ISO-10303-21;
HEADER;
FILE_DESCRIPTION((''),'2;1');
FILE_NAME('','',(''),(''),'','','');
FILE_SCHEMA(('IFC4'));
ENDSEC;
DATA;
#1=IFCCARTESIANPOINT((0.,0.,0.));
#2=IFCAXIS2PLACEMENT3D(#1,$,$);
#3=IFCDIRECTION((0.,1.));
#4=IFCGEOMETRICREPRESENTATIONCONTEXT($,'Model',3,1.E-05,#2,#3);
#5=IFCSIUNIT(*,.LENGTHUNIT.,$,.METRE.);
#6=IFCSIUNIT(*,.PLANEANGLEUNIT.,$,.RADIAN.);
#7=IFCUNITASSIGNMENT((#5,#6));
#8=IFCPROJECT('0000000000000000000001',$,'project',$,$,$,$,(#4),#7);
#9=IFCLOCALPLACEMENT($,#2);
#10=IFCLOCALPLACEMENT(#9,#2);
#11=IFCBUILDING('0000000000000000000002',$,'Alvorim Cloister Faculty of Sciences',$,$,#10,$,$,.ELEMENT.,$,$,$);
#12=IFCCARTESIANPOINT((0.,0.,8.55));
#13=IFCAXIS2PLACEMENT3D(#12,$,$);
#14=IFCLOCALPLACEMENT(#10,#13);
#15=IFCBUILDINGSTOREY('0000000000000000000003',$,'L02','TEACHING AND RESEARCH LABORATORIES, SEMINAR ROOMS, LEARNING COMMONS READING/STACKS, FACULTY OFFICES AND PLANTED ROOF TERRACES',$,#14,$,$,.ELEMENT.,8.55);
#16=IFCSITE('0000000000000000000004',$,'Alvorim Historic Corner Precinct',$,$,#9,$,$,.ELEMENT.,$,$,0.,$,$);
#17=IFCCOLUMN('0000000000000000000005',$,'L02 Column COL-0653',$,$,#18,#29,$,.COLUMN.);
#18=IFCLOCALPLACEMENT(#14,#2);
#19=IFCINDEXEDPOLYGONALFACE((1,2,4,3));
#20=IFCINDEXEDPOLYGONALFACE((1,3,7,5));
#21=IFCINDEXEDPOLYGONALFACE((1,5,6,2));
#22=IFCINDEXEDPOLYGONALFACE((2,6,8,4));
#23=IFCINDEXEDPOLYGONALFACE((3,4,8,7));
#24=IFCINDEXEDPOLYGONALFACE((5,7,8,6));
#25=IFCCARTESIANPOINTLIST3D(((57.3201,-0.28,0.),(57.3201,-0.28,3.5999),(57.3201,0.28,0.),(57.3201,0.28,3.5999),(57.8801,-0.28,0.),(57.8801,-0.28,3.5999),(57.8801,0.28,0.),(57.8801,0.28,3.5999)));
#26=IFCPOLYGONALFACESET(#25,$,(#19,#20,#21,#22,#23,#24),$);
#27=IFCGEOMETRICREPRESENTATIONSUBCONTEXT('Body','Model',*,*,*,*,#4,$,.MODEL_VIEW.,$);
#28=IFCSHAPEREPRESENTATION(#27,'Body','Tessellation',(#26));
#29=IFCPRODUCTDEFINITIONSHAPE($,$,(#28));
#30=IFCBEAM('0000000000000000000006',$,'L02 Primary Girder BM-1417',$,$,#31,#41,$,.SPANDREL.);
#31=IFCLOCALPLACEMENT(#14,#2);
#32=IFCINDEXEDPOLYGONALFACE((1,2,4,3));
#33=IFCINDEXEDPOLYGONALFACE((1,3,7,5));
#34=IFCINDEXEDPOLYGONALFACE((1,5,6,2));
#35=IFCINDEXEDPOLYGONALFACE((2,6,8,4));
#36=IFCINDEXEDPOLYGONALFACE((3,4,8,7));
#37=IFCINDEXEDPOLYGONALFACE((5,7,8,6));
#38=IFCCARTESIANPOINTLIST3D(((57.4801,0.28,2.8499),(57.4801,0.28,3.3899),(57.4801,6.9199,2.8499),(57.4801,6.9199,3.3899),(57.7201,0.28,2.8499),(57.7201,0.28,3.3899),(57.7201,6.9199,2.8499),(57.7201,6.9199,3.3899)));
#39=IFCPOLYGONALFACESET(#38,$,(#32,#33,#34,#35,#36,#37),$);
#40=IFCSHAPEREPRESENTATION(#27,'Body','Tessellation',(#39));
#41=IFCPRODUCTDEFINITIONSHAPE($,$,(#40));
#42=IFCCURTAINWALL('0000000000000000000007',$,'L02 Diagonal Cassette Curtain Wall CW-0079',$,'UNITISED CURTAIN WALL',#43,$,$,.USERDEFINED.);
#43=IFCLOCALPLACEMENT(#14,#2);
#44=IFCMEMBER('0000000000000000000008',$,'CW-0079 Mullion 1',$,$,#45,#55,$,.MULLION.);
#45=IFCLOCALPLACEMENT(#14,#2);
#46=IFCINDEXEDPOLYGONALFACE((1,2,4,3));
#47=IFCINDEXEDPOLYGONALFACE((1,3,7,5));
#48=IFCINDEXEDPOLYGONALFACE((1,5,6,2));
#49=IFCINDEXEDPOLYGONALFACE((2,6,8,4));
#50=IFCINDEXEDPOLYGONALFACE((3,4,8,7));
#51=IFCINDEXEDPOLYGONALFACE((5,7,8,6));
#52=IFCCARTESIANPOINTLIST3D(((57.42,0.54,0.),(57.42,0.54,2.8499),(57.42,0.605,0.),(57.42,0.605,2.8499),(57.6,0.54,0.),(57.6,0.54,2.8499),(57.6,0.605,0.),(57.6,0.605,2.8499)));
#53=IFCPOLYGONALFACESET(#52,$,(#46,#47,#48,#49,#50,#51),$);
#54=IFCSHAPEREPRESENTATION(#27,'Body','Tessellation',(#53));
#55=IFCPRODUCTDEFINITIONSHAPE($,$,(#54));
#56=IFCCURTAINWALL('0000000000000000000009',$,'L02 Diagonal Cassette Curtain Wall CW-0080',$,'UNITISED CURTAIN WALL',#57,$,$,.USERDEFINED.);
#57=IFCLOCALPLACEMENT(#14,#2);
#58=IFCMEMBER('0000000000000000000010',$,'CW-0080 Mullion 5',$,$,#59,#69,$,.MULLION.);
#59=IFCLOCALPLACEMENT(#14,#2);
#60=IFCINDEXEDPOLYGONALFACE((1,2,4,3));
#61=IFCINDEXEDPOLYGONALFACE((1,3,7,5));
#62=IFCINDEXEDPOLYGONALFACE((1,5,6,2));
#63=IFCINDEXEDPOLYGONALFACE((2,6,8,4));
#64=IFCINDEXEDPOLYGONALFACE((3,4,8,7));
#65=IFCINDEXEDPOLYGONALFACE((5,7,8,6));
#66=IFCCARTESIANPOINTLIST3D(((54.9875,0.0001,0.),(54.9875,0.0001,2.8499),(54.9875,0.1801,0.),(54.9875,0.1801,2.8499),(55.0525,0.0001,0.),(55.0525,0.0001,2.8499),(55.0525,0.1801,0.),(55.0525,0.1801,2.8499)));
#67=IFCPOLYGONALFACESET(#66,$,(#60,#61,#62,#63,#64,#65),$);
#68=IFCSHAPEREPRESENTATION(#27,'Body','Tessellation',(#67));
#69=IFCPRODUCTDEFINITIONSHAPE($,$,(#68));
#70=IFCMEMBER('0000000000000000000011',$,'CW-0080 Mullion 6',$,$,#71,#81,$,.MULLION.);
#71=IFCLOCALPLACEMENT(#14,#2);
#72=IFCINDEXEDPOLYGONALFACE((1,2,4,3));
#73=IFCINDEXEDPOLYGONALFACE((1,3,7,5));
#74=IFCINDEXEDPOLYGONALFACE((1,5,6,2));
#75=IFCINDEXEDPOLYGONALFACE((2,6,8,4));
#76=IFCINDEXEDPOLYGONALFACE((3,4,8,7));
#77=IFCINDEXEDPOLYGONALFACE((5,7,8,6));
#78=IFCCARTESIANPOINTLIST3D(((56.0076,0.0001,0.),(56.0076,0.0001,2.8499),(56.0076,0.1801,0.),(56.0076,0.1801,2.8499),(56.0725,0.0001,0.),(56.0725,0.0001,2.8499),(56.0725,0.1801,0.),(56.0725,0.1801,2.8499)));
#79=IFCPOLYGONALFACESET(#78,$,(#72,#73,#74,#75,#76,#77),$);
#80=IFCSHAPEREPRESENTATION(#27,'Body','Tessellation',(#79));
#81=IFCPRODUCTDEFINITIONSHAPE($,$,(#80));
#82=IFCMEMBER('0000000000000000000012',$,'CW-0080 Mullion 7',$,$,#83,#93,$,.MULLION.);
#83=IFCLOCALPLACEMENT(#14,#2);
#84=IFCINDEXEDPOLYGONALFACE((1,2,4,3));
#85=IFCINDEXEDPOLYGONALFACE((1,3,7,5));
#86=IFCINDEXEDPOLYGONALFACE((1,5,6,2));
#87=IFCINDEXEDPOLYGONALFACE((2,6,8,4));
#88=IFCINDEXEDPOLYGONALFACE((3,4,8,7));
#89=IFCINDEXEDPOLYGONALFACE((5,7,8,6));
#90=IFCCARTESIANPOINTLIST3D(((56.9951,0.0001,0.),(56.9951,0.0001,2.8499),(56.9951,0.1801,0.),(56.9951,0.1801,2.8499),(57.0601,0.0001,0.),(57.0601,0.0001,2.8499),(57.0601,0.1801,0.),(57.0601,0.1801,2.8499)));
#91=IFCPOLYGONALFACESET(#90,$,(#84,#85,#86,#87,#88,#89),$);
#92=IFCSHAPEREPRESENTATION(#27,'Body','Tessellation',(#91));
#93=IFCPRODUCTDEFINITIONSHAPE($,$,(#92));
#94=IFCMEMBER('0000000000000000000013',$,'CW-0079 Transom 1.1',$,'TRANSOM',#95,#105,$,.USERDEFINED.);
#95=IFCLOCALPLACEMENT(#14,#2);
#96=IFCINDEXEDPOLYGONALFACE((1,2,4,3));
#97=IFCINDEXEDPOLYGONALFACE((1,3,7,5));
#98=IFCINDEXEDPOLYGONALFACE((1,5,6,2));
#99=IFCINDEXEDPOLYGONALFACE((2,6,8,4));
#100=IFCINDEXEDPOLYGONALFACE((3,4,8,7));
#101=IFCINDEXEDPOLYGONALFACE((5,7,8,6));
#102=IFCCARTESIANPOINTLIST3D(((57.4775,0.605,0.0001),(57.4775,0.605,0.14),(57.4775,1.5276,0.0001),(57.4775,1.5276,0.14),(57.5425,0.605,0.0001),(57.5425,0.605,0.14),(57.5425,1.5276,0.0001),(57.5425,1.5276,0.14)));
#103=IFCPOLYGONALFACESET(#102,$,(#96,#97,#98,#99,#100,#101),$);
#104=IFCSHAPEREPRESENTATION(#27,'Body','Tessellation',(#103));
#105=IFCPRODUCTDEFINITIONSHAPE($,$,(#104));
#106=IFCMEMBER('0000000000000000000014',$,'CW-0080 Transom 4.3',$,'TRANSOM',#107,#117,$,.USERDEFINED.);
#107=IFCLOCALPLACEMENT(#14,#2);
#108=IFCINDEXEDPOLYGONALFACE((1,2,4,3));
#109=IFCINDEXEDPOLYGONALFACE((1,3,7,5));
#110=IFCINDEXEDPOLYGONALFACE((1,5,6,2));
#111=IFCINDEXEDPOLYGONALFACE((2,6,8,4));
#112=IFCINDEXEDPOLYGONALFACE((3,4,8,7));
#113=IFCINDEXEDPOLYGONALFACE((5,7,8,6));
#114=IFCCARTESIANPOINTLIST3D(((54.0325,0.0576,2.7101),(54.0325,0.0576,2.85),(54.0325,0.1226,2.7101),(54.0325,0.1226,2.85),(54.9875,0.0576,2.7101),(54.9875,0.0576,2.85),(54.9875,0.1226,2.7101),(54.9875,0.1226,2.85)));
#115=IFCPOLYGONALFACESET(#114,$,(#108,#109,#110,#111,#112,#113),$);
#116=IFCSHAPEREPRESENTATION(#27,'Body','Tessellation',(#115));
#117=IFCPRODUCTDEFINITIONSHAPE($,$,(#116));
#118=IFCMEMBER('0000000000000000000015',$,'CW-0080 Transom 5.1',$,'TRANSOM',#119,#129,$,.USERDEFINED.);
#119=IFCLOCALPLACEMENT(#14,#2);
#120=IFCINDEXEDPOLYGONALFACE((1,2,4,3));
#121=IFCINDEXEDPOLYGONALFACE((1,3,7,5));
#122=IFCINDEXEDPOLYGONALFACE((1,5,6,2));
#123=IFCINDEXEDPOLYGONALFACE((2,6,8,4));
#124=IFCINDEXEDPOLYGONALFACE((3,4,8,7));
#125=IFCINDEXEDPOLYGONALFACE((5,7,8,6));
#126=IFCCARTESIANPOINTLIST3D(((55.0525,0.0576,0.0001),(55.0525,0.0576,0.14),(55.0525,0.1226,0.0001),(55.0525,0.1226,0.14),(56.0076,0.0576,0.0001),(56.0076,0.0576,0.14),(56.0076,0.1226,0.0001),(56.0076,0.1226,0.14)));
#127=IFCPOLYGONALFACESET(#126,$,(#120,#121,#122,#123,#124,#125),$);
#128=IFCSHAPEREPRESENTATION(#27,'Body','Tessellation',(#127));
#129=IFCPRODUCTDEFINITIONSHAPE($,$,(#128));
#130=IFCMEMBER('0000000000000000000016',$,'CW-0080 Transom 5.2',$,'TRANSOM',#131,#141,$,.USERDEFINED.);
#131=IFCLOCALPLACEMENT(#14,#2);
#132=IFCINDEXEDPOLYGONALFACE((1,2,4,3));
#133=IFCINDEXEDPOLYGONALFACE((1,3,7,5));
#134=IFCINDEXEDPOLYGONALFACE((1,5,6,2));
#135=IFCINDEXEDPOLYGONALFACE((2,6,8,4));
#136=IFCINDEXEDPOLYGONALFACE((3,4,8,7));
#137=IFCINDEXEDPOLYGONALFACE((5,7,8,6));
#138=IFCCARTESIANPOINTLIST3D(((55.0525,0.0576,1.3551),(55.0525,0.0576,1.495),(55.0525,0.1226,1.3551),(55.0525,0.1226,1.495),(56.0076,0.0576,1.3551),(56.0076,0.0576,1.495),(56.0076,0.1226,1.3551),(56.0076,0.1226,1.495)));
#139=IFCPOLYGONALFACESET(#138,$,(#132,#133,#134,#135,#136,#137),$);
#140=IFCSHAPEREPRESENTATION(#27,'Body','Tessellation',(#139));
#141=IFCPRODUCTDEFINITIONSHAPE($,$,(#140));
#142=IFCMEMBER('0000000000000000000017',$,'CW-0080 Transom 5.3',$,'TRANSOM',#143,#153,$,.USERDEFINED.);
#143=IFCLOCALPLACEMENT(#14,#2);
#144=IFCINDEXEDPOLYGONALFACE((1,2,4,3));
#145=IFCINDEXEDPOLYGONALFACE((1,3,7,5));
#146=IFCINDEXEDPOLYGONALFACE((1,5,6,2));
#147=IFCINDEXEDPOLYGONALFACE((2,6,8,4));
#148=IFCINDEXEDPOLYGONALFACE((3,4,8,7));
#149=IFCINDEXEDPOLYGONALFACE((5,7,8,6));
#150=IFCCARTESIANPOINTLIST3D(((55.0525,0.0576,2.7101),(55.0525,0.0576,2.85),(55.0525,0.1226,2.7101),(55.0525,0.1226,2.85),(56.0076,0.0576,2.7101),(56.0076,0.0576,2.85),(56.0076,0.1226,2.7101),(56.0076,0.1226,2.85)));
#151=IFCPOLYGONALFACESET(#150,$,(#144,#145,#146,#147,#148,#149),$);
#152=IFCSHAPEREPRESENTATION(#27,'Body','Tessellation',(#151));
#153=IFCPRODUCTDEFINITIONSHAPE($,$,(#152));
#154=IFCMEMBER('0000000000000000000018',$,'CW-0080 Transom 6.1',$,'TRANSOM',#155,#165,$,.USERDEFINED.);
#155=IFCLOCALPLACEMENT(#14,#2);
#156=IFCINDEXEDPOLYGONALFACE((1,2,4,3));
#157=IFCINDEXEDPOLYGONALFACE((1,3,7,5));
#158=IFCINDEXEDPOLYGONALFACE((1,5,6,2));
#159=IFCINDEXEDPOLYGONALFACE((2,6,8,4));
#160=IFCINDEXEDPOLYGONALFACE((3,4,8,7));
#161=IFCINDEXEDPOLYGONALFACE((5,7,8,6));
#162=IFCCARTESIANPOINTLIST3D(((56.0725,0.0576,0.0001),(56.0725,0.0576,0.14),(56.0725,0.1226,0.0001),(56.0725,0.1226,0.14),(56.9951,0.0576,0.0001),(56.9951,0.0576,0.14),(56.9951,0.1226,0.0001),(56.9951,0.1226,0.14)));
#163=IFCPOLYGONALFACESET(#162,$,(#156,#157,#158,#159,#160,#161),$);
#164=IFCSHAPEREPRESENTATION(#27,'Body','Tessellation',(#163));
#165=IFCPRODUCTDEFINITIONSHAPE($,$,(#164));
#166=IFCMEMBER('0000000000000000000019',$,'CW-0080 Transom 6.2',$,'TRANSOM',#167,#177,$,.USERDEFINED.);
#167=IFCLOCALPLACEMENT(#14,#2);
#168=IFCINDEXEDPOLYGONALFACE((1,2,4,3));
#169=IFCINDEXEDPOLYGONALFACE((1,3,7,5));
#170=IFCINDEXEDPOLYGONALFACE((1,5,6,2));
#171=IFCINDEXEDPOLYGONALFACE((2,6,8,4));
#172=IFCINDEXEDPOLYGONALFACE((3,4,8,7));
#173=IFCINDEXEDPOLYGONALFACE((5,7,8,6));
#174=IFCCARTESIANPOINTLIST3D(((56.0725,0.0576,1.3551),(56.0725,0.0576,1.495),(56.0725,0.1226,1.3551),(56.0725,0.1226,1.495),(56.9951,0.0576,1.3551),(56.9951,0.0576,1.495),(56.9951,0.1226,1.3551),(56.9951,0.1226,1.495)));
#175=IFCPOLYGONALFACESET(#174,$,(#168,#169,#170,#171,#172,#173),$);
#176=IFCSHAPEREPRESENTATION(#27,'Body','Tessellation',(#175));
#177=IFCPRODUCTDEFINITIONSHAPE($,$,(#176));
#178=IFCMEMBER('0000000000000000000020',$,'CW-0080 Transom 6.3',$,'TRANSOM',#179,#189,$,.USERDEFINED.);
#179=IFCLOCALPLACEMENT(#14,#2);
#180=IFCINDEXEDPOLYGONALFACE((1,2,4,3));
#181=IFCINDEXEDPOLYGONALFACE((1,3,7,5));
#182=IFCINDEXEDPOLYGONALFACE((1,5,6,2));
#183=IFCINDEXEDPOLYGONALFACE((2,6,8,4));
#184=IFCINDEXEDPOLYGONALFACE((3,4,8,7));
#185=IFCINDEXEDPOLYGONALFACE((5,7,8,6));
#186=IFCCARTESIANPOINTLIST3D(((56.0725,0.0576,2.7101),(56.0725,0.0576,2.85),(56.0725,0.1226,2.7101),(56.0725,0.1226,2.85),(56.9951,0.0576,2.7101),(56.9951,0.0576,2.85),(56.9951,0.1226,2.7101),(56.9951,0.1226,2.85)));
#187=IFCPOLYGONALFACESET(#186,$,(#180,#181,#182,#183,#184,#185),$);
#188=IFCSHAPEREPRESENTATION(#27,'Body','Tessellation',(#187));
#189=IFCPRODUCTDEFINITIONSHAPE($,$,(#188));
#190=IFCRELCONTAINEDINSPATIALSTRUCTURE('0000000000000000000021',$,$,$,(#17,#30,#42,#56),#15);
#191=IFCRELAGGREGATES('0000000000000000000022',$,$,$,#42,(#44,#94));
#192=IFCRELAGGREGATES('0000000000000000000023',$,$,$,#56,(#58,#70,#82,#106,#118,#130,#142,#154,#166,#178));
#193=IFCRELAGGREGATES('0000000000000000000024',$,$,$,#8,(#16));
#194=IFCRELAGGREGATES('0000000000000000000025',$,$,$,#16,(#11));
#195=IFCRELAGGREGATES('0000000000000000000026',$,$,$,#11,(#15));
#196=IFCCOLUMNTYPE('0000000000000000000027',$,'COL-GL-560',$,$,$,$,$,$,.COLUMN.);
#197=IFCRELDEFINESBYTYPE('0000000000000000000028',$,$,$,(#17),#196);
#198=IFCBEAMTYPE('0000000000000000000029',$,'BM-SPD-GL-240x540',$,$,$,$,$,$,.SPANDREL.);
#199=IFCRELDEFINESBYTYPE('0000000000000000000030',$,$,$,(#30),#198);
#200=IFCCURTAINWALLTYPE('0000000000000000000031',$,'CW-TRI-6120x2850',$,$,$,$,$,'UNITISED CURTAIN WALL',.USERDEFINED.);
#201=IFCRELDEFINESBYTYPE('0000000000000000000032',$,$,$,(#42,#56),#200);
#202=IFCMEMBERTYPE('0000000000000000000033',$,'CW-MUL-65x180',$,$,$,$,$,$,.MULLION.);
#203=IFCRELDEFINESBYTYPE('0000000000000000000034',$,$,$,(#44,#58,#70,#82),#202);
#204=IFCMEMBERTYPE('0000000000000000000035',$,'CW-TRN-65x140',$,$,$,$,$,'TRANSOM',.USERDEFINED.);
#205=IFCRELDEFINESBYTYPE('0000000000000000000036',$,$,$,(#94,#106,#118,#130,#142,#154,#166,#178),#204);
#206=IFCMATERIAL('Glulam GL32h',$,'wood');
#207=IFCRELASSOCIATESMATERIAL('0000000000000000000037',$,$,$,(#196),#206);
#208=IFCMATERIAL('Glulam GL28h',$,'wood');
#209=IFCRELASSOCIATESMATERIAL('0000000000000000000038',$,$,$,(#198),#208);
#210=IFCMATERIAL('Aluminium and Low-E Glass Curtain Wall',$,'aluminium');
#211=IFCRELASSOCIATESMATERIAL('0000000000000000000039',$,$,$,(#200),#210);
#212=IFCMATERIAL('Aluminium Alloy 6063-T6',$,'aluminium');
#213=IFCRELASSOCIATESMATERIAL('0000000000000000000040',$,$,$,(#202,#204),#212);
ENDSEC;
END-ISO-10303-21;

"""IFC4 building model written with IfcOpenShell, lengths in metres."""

from ifc_helpers import new_model, si_unit, direction, frame, origin, origin_2d, place, context, subcontext, project, spatial, rectangle, extrude, material, material_profile, profile_set, type_object, element, aggregate, save


model = new_model("IFC4")

# Units and contexts
model_context = context("Model", 3, precision=1e-05, world=origin(), true_north=direction((0.0, 1.0)))
body_context = subcontext(model_context, "Body", "Model", "MODEL_VIEW")
ifc_project = project(units=[si_unit("LENGTHUNIT", "METRE"), si_unit("PLANEANGLEUNIT", "RADIAN")], contexts=[model_context])

# Site, building, storey
site_placement = place(None, origin())
site = spatial("IfcSite", under=ifc_project, at=site_placement, Name="Alvorim Historic Corner Precinct", CompositionType="ELEMENT", RefElevation=0.0)
building_placement = place(site_placement, origin())
building = spatial("IfcBuilding", under=site, at=building_placement, Name="Alvorim Cloister Faculty of Sciences", CompositionType="ELEMENT")
storey_placement = place(building_placement, frame((0.0, 0.0, 8.55)))
storey = spatial("IfcBuildingStorey", under=building, at=storey_placement, Name="L02", Description="TEACHING AND RESEARCH LABORATORIES, SEMINAR ROOMS, LEARNING COMMONS READING/STACKS, FACULTY OFFICES AND PLANTED ROOF TERRACES", CompositionType="ELEMENT", Elevation=8.55)

# Column
ifc_material_1 = material(Name="Glulam GL32h", Category="wood")
ifc_material_profile_1 = material_profile(ifc_material_1, rectangle(XDim=0.5601, YDim=0.5601, at=origin_2d()), Name="GL32-COL-560x560")
ifc_profile_set_1 = profile_set([ifc_material_profile_1], Name="Glulam GL32h")
column_type = type_object("IfcColumnType", Name="COL-GL-560", PredefinedType="COLUMN", material=ifc_profile_set_1)
column_placement = place(storey_placement, frame((57.6001, 0.0, 0.0), z_axis=(0.0, 0.0, 1.0), x_axis=(1.0, 0.0, 0.0)))
element("IfcColumn", 1, at=column_placement, inside=storey, type_object=column_type, Name="L02 Column COL-0653", PredefinedType="COLUMN", context=body_context, shape_type="SweptSolid", body=[
    extrude(rectangle(XDim=0.5601, YDim=0.5601, at=origin_2d()), origin(), (0.0, 0.0, 1.0), 3.5999),
])

# Beam
ifc_material_2 = material(Name="Glulam GL28h", Category="wood")
ifc_material_profile_2 = material_profile(ifc_material_2, rectangle(XDim=0.24, YDim=0.54, at=origin_2d()), Name="GL28-SPD-240x540")
ifc_profile_set_2 = profile_set([ifc_material_profile_2], Name="Glulam GL28h")
beam_type = type_object("IfcBeamType", Name="BM-SPD-GL-240x540", PredefinedType="SPANDREL", material=ifc_profile_set_2)
beam_placement = place(storey_placement, frame((57.6001, 0.28, 3.1199), z_axis=(0.0, 1.0, 0.0), x_axis=(-1.0, 0.0, 0.0)))
element("IfcBeam", 2, at=beam_placement, inside=storey, type_object=beam_type, Name="L02 Primary Girder BM-1417", PredefinedType="SPANDREL", context=body_context, shape_type="SweptSolid", body=[
    extrude(rectangle(XDim=0.24, YDim=0.54, at=origin_2d()), origin(), (0.0, 0.0, 1.0), 6.6399),
])

# Curtain wall, member
ifc_material_3 = material(Name="Aluminium and Low-E Glass Curtain Wall", Category="aluminium")
curtain_wall_type = type_object("IfcCurtainWallType", Name="CW-TRI-6120x2850", ElementType="UNITISED CURTAIN WALL", PredefinedType="USERDEFINED", material=ifc_material_3)
curtain_wall_1_placement = place(storey_placement, origin())
curtain_wall_1 = element("IfcCurtainWall", 3, at=curtain_wall_1_placement, inside=storey, type_object=curtain_wall_type, Name="L02 Diagonal Cassette Curtain Wall CW-0079", ObjectType="UNITISED CURTAIN WALL", PredefinedType="USERDEFINED")
ifc_material_4 = material(Name="Aluminium Alloy 6063-T6", Category="aluminium")
ifc_material_profile_3 = material_profile(ifc_material_4, rectangle(XDim=0.0649, YDim=0.1799, at=origin_2d()), Name="ALU-MUL-65x180")
ifc_profile_set_3 = profile_set([ifc_material_profile_3], Name="Aluminium Alloy 6063-T6")
member_type_1 = type_object("IfcMemberType", Name="CW-MUL-65x180", PredefinedType="MULLION", material=ifc_profile_set_3)
member_1_placement = place(storey_placement, frame((57.51, 0.5725, 0.0), z_axis=(0.0, 0.0, 1.0), x_axis=(0.0, 1.0, 0.0)))
member_1 = element("IfcMember", 4, at=member_1_placement, type_object=member_type_1, Name="CW-0079 Mullion 1", PredefinedType="MULLION", context=body_context, shape_type="SweptSolid", body=[
    extrude(rectangle(XDim=0.0649, YDim=0.1799, at=origin_2d()), origin(), (0.0, 0.0, 1.0), 2.8499),
])

# Curtain wall, members
curtain_wall_2_placement = place(storey_placement, origin())
curtain_wall_2 = element("IfcCurtainWall", 5, at=curtain_wall_2_placement, inside=storey, type_object=curtain_wall_type, Name="L02 Diagonal Cassette Curtain Wall CW-0080", ObjectType="UNITISED CURTAIN WALL", PredefinedType="USERDEFINED")
member_2_placement = place(storey_placement, frame((55.02, 0.0901, 0.0), z_axis=(0.0, 0.0, 1.0), x_axis=(1.0, 0.0, 0.0)))
member_2 = element("IfcMember", 6, at=member_2_placement, type_object=member_type_1, Name="CW-0080 Mullion 5", PredefinedType="MULLION", context=body_context, shape_type="SweptSolid", body=[
    extrude(rectangle(XDim=0.0649, YDim=0.1799, at=origin_2d()), origin(), (0.0, 0.0, 1.0), 2.8499),
])
member_3_placement = place(storey_placement, frame((56.04, 0.0901, 0.0), z_axis=(0.0, 0.0, 1.0), x_axis=(1.0, 0.0, 0.0)))
member_3 = element("IfcMember", 7, at=member_3_placement, type_object=member_type_1, Name="CW-0080 Mullion 6", PredefinedType="MULLION", context=body_context, shape_type="SweptSolid", body=[
    extrude(rectangle(XDim=0.0649, YDim=0.1799, at=origin_2d()), origin(), (0.0, 0.0, 1.0), 2.8499),
])
member_4_placement = place(storey_placement, frame((57.0276, 0.0901, 0.0), z_axis=(0.0, 0.0, 1.0), x_axis=(1.0, 0.0, 0.0)))
member_4 = element("IfcMember", 8, at=member_4_placement, type_object=member_type_1, Name="CW-0080 Mullion 7", PredefinedType="MULLION", context=body_context, shape_type="SweptSolid", body=[
    extrude(rectangle(XDim=0.0649, YDim=0.1799, at=origin_2d()), origin(), (0.0, 0.0, 1.0), 2.8499),
])

# Members
ifc_material_profile_4 = material_profile(ifc_material_4, rectangle(XDim=0.0649, YDim=0.1399, at=origin_2d()), Name="ALU-TRN-65x140")
ifc_profile_set_4 = profile_set([ifc_material_profile_4], Name="Aluminium Alloy 6063-T6")
member_type_2 = type_object("IfcMemberType", Name="CW-TRN-65x140", ElementType="TRANSOM", PredefinedType="USERDEFINED", material=ifc_profile_set_4)
member_5_placement = place(storey_placement, frame((57.51, 0.605, 0.0701), z_axis=(0.0, 1.0, 0.0), x_axis=(-1.0, 0.0, 0.0)))
member_5 = element("IfcMember", 9, at=member_5_placement, type_object=member_type_2, Name="CW-0079 Transom 1.1", ObjectType="TRANSOM", PredefinedType="USERDEFINED", context=body_context, shape_type="SweptSolid", body=[
    extrude(rectangle(XDim=0.0649, YDim=0.1399, at=origin_2d()), origin(), (0.0, 0.0, 1.0), 0.9226),
])
aggregate(curtain_wall_1, [member_1, member_5])
member_6_placement = place(storey_placement, frame((54.0325, 0.0901, 2.78), z_axis=(1.0, 0.0, 0.0), x_axis=(0.0, 1.0, 0.0)))
member_6 = element("IfcMember", 10, at=member_6_placement, type_object=member_type_2, Name="CW-0080 Transom 4.3", ObjectType="TRANSOM", PredefinedType="USERDEFINED", context=body_context, shape_type="SweptSolid", body=[
    extrude(rectangle(XDim=0.0649, YDim=0.1399, at=origin_2d()), origin(), (0.0, 0.0, 1.0), 0.9551),
])
member_7_placement = place(storey_placement, frame((55.0525, 0.0901, 0.0701), z_axis=(1.0, 0.0, 0.0), x_axis=(0.0, 1.0, 0.0)))
member_7 = element("IfcMember", 11, at=member_7_placement, type_object=member_type_2, Name="CW-0080 Transom 5.1", ObjectType="TRANSOM", PredefinedType="USERDEFINED", context=body_context, shape_type="SweptSolid", body=[
    extrude(rectangle(XDim=0.0649, YDim=0.1399, at=origin_2d()), origin(), (0.0, 0.0, 1.0), 0.9551),
])
member_8_placement = place(storey_placement, frame((55.0525, 0.0901, 1.425), z_axis=(1.0, 0.0, 0.0), x_axis=(0.0, 1.0, 0.0)))
member_8 = element("IfcMember", 12, at=member_8_placement, type_object=member_type_2, Name="CW-0080 Transom 5.2", ObjectType="TRANSOM", PredefinedType="USERDEFINED", context=body_context, shape_type="SweptSolid", body=[
    extrude(rectangle(XDim=0.0649, YDim=0.1399, at=origin_2d()), origin(), (0.0, 0.0, 1.0), 0.9551),
])
member_9_placement = place(storey_placement, frame((55.0525, 0.0901, 2.78), z_axis=(1.0, 0.0, 0.0), x_axis=(0.0, 1.0, 0.0)))
member_9 = element("IfcMember", 13, at=member_9_placement, type_object=member_type_2, Name="CW-0080 Transom 5.3", ObjectType="TRANSOM", PredefinedType="USERDEFINED", context=body_context, shape_type="SweptSolid", body=[
    extrude(rectangle(XDim=0.0649, YDim=0.1399, at=origin_2d()), origin(), (0.0, 0.0, 1.0), 0.9551),
])
member_10_placement = place(storey_placement, frame((56.0725, 0.0901, 0.0701), z_axis=(1.0, 0.0, 0.0), x_axis=(0.0, 1.0, 0.0)))
member_10 = element("IfcMember", 14, at=member_10_placement, type_object=member_type_2, Name="CW-0080 Transom 6.1", ObjectType="TRANSOM", PredefinedType="USERDEFINED", context=body_context, shape_type="SweptSolid", body=[
    extrude(rectangle(XDim=0.0649, YDim=0.1399, at=origin_2d()), origin(), (0.0, 0.0, 1.0), 0.9226),
])
member_11_placement = place(storey_placement, frame((56.0725, 0.0901, 1.425), z_axis=(1.0, 0.0, 0.0), x_axis=(0.0, 1.0, 0.0)))
member_11 = element("IfcMember", 15, at=member_11_placement, type_object=member_type_2, Name="CW-0080 Transom 6.2", ObjectType="TRANSOM", PredefinedType="USERDEFINED", context=body_context, shape_type="SweptSolid", body=[
    extrude(rectangle(XDim=0.0649, YDim=0.1399, at=origin_2d()), origin(), (0.0, 0.0, 1.0), 0.9226),
])
member_12_placement = place(storey_placement, frame((56.0725, 0.0901, 2.78), z_axis=(1.0, 0.0, 0.0), x_axis=(0.0, 1.0, 0.0)))
member_12 = element("IfcMember", 16, at=member_12_placement, type_object=member_type_2, Name="CW-0080 Transom 6.3", ObjectType="TRANSOM", PredefinedType="USERDEFINED", context=body_context, shape_type="SweptSolid", body=[
    extrude(rectangle(XDim=0.0649, YDim=0.1399, at=origin_2d()), origin(), (0.0, 0.0, 1.0), 0.9226),
])

aggregate(curtain_wall_2, [member_2, member_3, member_4, member_6, member_7, member_8, member_9, member_10, member_11, member_12])

save(model, "model.ifc")
